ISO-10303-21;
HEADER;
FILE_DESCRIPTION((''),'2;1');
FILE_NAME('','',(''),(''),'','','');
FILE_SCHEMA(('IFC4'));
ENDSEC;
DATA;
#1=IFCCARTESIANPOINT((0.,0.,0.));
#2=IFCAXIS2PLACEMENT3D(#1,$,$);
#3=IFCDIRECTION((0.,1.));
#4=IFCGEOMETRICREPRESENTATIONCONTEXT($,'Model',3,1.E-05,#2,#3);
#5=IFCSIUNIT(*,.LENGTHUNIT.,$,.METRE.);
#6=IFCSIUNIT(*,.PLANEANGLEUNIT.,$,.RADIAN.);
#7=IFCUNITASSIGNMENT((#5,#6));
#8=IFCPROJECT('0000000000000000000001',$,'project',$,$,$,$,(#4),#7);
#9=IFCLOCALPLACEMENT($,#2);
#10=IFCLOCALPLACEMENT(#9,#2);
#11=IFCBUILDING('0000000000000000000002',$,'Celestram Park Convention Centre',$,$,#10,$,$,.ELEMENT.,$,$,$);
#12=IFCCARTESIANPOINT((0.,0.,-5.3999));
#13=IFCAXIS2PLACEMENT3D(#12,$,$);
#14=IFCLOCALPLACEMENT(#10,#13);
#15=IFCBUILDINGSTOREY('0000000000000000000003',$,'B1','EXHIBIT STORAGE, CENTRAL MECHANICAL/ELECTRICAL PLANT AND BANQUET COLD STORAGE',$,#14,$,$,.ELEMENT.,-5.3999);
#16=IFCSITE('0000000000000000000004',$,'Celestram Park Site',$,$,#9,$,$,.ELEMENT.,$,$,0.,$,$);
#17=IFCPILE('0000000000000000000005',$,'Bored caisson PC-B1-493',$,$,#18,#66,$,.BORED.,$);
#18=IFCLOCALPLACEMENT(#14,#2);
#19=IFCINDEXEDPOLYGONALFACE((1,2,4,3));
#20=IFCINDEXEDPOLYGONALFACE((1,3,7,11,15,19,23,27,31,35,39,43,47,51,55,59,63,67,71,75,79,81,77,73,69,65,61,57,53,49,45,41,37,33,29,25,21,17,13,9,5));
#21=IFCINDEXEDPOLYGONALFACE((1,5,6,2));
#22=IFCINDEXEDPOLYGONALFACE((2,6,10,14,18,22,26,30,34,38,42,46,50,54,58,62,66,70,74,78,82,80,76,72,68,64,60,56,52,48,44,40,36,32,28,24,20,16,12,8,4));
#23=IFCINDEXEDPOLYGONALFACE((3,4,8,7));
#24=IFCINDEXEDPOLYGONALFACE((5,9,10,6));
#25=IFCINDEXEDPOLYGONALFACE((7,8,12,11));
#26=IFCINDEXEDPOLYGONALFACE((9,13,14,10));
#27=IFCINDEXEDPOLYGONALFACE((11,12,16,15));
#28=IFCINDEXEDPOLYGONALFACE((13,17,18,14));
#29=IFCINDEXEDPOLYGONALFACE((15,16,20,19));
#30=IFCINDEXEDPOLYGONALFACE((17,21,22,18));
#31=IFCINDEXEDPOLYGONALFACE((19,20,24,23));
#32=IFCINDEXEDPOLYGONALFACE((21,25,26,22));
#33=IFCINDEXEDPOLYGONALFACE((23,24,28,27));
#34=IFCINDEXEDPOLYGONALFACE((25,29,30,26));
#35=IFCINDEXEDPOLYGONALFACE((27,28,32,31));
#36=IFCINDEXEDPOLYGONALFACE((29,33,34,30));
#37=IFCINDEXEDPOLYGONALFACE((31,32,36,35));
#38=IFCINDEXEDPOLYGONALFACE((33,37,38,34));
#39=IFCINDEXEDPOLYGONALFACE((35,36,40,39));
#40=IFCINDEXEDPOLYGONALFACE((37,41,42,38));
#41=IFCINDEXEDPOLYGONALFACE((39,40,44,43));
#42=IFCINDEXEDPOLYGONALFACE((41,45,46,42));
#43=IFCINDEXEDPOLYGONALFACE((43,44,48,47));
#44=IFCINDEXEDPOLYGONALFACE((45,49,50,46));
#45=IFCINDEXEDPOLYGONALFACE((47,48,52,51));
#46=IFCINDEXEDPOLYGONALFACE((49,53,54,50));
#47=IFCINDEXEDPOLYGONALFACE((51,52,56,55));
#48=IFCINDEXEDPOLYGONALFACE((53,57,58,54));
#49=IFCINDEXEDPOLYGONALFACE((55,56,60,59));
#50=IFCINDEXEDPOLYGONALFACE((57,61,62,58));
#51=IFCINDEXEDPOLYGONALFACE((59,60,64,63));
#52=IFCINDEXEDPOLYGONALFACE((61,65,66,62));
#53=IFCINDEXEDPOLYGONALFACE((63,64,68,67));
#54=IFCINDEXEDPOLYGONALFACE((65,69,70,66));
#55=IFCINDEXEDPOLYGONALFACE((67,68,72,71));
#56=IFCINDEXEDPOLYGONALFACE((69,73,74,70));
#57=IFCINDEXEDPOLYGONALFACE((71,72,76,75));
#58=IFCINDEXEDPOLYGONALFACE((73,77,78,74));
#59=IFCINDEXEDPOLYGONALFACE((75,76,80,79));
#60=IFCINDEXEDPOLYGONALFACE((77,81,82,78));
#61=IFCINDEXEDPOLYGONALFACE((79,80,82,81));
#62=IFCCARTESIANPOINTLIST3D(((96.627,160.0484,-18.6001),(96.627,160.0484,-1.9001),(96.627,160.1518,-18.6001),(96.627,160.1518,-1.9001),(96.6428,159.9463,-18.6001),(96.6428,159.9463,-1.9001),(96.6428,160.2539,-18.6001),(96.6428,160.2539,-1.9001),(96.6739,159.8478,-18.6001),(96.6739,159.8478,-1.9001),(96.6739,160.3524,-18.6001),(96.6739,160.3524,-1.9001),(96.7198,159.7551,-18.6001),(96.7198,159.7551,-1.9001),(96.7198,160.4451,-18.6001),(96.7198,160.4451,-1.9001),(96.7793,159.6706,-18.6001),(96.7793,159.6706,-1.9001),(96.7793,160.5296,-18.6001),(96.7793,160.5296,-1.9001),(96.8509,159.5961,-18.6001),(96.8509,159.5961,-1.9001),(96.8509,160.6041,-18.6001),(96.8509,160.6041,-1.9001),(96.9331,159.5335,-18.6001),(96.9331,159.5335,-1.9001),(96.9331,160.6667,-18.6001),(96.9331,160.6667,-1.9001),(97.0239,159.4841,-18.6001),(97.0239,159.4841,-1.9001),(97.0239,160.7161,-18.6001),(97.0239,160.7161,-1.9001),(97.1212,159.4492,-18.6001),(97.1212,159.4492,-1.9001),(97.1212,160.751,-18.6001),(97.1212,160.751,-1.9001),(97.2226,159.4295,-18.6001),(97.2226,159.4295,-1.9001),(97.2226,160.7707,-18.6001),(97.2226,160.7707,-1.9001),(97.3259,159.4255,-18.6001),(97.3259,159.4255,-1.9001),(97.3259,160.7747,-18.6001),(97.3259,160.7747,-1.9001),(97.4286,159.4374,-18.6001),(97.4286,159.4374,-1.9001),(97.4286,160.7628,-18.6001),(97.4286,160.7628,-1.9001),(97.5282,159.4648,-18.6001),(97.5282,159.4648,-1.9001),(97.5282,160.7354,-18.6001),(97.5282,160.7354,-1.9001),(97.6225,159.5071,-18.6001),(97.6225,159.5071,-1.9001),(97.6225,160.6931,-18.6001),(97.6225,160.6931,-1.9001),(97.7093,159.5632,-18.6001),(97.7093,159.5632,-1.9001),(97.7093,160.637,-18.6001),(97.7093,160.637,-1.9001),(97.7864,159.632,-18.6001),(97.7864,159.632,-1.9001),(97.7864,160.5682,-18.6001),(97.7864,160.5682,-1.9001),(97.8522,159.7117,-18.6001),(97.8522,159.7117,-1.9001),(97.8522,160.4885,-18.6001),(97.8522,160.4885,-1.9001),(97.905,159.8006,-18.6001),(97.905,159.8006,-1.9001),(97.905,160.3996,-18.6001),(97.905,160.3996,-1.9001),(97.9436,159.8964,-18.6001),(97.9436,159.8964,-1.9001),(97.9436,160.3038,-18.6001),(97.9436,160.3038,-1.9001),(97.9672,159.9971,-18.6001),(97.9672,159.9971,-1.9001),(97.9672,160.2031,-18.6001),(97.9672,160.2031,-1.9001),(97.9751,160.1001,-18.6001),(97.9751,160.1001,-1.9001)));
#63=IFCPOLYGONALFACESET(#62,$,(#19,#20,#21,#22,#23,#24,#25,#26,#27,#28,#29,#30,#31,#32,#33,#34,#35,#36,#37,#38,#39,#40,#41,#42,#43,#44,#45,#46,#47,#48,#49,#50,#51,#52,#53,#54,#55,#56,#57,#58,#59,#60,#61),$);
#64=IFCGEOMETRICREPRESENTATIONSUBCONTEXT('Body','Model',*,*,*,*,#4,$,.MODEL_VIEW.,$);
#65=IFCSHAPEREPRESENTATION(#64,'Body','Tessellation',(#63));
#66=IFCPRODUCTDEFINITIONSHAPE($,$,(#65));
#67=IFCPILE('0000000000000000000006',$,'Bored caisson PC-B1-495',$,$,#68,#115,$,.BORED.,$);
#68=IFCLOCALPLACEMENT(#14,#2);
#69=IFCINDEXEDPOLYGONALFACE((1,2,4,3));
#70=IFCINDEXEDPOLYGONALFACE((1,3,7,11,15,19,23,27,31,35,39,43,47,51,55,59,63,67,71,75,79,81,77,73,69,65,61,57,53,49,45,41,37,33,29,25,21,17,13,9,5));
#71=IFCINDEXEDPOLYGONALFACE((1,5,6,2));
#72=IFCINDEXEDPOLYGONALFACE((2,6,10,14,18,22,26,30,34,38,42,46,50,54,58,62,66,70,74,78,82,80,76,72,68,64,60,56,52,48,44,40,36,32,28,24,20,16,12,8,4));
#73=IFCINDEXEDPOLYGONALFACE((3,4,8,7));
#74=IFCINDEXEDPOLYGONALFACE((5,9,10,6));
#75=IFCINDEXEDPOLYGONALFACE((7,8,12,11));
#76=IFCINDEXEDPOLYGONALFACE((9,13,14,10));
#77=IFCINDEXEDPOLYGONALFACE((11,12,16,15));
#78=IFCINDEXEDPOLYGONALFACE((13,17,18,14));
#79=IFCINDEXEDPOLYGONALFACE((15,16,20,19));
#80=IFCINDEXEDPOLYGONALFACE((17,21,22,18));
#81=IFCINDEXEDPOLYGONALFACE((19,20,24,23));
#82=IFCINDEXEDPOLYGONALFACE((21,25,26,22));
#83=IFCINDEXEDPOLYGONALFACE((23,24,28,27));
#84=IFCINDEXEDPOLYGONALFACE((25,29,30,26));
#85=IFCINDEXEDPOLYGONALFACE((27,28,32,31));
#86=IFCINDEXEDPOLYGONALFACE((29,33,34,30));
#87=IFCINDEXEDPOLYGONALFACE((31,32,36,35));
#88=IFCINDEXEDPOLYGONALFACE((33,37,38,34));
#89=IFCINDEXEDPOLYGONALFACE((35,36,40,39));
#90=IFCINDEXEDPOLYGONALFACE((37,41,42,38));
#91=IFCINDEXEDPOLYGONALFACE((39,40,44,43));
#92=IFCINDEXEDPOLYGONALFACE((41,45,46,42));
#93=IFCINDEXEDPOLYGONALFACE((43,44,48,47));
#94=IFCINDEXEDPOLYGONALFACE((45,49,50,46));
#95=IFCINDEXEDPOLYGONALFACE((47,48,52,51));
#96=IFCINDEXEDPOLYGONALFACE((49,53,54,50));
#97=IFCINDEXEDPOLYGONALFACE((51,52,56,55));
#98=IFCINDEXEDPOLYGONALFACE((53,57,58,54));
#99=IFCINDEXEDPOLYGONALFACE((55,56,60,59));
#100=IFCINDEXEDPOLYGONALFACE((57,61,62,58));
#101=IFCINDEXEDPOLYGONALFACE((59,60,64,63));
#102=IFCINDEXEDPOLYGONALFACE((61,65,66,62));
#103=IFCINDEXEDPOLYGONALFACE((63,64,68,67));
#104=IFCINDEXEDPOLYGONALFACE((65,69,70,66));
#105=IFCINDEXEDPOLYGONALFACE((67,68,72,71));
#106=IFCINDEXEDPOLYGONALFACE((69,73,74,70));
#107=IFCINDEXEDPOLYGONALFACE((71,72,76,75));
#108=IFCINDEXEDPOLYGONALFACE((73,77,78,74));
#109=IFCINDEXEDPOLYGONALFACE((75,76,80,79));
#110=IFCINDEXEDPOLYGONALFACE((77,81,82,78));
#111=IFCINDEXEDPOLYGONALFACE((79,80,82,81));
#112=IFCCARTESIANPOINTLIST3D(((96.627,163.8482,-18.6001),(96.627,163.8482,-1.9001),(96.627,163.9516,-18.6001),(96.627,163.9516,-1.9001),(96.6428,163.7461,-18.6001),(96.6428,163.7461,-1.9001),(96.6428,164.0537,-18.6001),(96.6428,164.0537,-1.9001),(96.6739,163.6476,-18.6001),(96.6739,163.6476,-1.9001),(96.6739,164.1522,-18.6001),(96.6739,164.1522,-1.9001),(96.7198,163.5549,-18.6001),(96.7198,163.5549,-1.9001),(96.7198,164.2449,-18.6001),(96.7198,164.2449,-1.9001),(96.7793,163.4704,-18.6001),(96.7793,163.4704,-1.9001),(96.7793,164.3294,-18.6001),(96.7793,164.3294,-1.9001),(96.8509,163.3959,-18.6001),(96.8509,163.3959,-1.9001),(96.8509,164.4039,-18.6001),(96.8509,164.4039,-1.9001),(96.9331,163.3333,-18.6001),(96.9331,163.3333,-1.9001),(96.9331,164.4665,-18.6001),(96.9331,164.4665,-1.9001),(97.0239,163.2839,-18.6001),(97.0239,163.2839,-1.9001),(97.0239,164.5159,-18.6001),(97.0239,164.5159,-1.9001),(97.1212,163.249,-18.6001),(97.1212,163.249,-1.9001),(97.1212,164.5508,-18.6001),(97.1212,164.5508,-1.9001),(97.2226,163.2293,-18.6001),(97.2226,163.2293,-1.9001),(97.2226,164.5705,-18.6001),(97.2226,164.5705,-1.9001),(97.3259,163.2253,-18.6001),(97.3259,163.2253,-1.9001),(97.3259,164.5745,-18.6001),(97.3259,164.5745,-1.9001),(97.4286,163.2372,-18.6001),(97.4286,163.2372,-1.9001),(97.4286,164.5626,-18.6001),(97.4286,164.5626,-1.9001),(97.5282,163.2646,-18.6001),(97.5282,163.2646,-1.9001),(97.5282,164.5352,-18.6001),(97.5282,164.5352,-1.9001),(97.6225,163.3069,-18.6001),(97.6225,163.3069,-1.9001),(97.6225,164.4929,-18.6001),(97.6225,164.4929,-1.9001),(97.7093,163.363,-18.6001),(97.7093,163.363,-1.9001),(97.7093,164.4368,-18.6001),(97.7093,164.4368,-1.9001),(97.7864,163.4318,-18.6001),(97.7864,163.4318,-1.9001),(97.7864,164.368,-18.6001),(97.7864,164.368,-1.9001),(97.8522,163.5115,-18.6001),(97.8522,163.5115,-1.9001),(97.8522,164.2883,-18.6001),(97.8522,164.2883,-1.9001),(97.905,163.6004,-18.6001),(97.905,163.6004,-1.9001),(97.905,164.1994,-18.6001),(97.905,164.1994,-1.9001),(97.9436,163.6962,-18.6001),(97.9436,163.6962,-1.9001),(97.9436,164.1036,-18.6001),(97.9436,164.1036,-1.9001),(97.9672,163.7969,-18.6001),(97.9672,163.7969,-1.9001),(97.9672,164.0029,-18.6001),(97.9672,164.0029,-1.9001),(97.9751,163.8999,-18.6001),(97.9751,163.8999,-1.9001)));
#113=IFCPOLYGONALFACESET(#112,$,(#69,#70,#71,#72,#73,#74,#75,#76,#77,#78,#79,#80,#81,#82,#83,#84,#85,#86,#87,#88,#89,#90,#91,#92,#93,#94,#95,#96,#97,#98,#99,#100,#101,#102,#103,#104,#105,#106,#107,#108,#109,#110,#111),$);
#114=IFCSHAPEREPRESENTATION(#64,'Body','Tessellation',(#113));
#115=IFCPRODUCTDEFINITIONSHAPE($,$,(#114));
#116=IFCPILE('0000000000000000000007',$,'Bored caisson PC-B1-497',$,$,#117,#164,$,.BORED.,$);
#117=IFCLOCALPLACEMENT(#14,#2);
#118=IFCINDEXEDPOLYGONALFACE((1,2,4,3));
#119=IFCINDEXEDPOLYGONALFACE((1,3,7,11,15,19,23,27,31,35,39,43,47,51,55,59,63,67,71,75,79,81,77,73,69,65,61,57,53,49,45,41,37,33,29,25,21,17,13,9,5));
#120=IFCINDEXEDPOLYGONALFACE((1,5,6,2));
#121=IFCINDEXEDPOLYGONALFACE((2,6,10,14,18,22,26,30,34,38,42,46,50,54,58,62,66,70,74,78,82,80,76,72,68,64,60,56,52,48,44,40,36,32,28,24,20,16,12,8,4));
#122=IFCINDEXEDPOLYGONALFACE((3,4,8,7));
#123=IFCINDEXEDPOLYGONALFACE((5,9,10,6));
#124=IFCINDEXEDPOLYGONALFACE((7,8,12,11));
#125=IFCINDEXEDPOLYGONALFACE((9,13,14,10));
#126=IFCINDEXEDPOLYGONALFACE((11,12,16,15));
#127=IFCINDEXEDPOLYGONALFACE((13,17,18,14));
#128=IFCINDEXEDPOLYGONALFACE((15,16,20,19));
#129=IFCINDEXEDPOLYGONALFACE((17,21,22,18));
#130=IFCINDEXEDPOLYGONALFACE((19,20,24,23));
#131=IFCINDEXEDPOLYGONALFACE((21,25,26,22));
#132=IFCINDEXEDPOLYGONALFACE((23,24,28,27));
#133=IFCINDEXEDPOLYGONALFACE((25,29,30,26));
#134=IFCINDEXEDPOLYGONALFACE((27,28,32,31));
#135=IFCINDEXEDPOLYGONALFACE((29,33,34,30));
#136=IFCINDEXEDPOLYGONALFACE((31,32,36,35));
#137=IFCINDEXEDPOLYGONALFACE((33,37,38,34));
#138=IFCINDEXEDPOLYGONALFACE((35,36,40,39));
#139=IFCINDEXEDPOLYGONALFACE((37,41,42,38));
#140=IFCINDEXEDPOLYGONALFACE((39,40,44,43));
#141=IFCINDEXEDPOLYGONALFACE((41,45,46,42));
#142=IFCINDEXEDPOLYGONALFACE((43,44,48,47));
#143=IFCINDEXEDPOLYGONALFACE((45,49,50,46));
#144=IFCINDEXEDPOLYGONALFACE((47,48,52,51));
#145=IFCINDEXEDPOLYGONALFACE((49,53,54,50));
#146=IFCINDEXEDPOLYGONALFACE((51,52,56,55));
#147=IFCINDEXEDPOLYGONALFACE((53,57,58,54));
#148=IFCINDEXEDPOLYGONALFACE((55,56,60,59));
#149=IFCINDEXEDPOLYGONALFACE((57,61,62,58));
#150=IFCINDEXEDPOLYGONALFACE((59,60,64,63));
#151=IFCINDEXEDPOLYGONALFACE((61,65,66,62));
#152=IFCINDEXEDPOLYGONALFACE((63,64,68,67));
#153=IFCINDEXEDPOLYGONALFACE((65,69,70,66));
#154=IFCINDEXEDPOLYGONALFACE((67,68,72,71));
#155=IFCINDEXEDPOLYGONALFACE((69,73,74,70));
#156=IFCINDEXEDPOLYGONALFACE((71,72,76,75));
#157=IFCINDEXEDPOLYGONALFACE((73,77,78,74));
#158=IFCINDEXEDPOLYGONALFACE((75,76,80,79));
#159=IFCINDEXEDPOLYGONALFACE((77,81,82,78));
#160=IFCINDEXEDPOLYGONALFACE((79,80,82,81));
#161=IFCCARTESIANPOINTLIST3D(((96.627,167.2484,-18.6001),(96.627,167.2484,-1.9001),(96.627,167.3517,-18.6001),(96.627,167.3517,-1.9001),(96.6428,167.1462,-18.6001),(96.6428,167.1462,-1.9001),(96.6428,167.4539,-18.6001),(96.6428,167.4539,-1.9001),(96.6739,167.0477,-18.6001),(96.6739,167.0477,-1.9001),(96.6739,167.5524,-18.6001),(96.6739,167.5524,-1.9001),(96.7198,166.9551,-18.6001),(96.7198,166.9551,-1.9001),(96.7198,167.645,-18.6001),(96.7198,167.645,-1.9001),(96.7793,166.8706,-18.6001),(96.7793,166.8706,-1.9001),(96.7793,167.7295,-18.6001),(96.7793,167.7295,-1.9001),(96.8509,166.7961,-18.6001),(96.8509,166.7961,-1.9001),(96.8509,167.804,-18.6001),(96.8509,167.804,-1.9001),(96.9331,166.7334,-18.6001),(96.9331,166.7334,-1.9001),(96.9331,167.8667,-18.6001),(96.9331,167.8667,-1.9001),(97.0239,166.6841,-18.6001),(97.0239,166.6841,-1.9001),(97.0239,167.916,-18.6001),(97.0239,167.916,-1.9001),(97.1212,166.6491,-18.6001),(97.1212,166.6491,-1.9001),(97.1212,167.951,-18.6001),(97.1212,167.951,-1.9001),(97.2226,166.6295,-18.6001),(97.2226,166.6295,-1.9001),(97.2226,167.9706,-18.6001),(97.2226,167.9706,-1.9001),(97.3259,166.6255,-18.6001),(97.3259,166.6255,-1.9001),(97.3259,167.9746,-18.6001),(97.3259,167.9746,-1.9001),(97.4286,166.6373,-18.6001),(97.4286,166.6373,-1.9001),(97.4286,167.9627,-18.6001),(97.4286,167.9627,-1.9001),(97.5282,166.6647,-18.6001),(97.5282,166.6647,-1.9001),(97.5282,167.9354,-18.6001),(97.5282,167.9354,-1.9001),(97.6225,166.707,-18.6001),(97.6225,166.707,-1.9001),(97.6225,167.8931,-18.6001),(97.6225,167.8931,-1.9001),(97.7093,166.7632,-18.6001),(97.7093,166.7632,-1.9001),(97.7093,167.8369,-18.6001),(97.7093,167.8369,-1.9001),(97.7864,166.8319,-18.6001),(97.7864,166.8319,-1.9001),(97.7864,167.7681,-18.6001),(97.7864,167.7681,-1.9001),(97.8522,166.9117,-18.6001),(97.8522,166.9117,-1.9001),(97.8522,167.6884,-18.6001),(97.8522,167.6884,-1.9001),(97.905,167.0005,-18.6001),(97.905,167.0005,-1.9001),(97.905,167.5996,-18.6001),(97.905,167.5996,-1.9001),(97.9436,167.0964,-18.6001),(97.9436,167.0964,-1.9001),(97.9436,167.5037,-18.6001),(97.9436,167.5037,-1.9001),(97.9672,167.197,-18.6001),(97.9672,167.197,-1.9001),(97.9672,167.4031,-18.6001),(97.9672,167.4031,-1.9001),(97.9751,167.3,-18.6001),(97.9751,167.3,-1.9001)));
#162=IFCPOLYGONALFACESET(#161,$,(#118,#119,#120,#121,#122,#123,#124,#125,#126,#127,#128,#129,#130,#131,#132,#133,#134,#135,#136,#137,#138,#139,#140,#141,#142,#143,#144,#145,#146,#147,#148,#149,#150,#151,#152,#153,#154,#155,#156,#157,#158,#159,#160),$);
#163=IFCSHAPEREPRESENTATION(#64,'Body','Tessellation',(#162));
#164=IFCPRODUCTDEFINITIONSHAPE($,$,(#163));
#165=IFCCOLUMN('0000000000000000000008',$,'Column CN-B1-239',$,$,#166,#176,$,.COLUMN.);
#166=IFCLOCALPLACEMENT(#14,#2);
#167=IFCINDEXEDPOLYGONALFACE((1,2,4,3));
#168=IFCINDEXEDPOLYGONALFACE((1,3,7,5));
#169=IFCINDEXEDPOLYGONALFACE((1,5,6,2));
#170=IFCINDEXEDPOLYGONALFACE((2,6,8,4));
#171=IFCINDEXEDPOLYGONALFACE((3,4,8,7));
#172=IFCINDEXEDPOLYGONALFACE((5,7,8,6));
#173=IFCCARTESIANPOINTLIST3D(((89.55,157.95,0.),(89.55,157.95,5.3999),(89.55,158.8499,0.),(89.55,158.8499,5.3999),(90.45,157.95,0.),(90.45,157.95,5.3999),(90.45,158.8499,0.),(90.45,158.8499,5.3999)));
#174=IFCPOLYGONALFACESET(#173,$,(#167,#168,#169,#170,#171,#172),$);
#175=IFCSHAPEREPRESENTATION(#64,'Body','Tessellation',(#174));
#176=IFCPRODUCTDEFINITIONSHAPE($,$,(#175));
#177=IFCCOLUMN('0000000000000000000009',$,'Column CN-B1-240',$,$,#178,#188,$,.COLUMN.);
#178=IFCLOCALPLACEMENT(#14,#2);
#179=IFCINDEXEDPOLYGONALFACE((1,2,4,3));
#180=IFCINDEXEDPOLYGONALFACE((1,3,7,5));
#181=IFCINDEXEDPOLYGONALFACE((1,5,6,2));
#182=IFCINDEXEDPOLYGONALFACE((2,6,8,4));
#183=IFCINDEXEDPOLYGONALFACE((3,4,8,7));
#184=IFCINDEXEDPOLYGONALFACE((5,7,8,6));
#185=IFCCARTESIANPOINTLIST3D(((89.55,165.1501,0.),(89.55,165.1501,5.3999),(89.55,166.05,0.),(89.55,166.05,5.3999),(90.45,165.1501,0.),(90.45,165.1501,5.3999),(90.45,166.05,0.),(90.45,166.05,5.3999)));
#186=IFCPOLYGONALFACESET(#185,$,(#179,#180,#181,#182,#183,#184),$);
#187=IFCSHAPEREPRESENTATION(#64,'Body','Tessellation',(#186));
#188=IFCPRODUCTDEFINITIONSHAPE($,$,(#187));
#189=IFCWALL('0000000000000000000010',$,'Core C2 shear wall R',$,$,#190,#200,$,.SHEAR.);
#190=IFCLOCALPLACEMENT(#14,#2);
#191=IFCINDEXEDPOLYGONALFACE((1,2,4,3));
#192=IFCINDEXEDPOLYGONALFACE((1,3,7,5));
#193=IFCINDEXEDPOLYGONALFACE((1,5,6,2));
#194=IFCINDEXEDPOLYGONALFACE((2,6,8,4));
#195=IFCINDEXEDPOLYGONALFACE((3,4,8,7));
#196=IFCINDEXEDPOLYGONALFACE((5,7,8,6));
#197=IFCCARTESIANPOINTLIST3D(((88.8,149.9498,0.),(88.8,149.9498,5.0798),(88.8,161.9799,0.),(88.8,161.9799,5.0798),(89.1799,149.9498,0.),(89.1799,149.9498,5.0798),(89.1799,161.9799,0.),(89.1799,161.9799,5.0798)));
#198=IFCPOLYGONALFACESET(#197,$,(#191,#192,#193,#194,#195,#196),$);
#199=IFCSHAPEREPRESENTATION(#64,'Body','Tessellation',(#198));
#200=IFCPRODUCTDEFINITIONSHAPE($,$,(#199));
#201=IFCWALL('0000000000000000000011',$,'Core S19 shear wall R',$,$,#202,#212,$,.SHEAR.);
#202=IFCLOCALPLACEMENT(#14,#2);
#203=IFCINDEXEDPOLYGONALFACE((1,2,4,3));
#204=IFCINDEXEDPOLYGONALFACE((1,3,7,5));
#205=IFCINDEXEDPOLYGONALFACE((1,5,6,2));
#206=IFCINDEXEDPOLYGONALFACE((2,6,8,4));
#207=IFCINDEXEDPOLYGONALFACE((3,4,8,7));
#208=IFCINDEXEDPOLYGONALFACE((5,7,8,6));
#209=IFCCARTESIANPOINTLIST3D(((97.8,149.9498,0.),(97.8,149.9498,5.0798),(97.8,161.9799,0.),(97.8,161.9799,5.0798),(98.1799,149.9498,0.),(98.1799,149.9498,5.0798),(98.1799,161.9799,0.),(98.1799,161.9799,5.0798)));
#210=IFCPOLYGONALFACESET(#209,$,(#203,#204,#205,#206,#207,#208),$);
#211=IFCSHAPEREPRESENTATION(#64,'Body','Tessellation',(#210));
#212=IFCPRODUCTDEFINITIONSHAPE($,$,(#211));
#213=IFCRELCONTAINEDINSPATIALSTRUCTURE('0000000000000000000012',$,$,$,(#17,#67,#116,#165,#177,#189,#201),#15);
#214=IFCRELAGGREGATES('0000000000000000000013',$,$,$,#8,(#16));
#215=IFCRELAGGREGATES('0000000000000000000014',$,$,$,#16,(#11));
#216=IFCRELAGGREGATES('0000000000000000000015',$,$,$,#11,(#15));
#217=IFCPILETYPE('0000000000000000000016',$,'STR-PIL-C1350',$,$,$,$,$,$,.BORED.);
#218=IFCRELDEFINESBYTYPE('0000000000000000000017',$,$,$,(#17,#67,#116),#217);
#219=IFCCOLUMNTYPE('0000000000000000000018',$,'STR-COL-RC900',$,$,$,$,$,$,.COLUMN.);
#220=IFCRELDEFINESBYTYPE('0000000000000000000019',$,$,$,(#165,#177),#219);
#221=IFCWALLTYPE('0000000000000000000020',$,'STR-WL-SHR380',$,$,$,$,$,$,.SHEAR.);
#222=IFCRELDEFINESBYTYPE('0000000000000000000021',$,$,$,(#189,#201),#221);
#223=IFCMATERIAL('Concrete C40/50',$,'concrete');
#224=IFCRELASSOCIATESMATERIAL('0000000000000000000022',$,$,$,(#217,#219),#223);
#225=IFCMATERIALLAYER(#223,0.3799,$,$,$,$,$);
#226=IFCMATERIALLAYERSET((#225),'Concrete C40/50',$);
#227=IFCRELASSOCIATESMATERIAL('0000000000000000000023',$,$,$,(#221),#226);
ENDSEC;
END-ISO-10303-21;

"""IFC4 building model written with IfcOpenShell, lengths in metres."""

from ifc_helpers import new_model, si_unit, direction, frame, frame_2d, origin, origin_2d, place, context, subcontext, project, spatial, rectangle, circle, extrude, material, layer, layer_set, material_profile, profile_set, type_object, element, save


model = new_model("IFC4")

# Units and contexts
model_context = context("Model", 3, precision=1e-05, world=origin(), true_north=direction((0.0, 1.0)))
body_context = subcontext(model_context, "Body", "Model", "MODEL_VIEW")
ifc_project = project(units=[si_unit("LENGTHUNIT", "METRE"), si_unit("PLANEANGLEUNIT", "RADIAN")], contexts=[model_context])

# Site, building, storey
site_placement = place(None, origin())
site = spatial("IfcSite", under=ifc_project, at=site_placement, Name="Celestram Park Site", CompositionType="ELEMENT", RefElevation=0.0)
building_placement = place(site_placement, origin())
building = spatial("IfcBuilding", under=site, at=building_placement, Name="Celestram Park Convention Centre", CompositionType="ELEMENT")
storey_placement = place(building_placement, frame((0.0, 0.0, -5.3999)))
storey = spatial("IfcBuildingStorey", under=building, at=storey_placement, Name="B1", Description="EXHIBIT STORAGE, CENTRAL MECHANICAL/ELECTRICAL PLANT AND BANQUET COLD STORAGE", CompositionType="ELEMENT", Elevation=-5.3999)

# Shared definitions
ifc_material_1 = material(Name="Concrete C40/50", Category="concrete")

# Piles
ifc_material_profile_1 = material_profile(ifc_material_1, circle(Radius=0.675, at=origin_2d()), Name="CAISSON1350")
ifc_profile_set_1 = profile_set([ifc_material_profile_1], Name="Concrete C40/50")
pile_type = type_object("IfcPileType", Name="STR-PIL-C1350", PredefinedType="BORED", material=ifc_profile_set_1)
for number, where, z_axis, x_axis, name in (
    (1, (97.3, 160.1001, -1.9001), (0.0, 0.0, -1.0), (1.0, 0.0, 0.0), "Bored caisson PC-B1-493"),
    (2, (97.3, 163.8999, -1.9001), (0.0, 0.0, -1.0), (1.0, 0.0, 0.0), "Bored caisson PC-B1-495"),
    (3, (97.3, 167.3, -1.9001), (0.0, 0.0, -1.0), (1.0, 0.0, 0.0), "Bored caisson PC-B1-497"),
):
    element("IfcPile", number, at=place(storey_placement, frame(where, z_axis=z_axis, x_axis=x_axis)), inside=storey, type_object=pile_type, Name=name, PredefinedType="BORED", context=body_context, shape_type="SweptSolid", body=[
        extrude(circle(Radius=0.675, at=origin_2d()), origin(), (0.0, 0.0, 1.0), 16.7),
    ])

# Columns
ifc_material_profile_2 = material_profile(ifc_material_1, rectangle(XDim=0.8999, YDim=0.8999, at=origin_2d()), Name="RC900X900")
ifc_profile_set_2 = profile_set([ifc_material_profile_2], Name="Concrete C40/50")
column_type = type_object("IfcColumnType", Name="STR-COL-RC900", PredefinedType="COLUMN", material=ifc_profile_set_2)
for number, where, z_axis, x_axis, name in (
    (4, (90.0, 158.3999, 0.0), (0.0, 0.0, 1.0), (1.0, 0.0, 0.0), "Column CN-B1-239"),
    (5, (90.0, 165.6001, 0.0), (0.0, 0.0, 1.0), (1.0, 0.0, 0.0), "Column CN-B1-240"),
):
    element("IfcColumn", number, at=place(storey_placement, frame(where, z_axis=z_axis, x_axis=x_axis)), inside=storey, type_object=column_type, Name=name, PredefinedType="COLUMN", context=body_context, shape_type="SweptSolid", body=[
        extrude(rectangle(XDim=0.8999, YDim=0.8999, at=origin_2d()), origin(), (0.0, 0.0, 1.0), 5.3999),
    ])

# Walls
ifc_layer_1 = layer(ifc_material_1, 0.3799)
ifc_layer_set_1 = layer_set([ifc_layer_1], Name="Concrete C40/50")
wall_type = type_object("IfcWallType", Name="STR-WL-SHR380", PredefinedType="SHEAR", material=ifc_layer_set_1)
for number, where, z_axis, x_axis, name in (
    (6, (88.99, 161.98, 0.0), (0.0, 0.0, 1.0), (0.0, -1.0, 0.0), "Core C2 shear wall R"),
    (7, (97.99, 161.98, 0.0), (0.0, 0.0, 1.0), (0.0, -1.0, 0.0), "Core S19 shear wall R"),
):
    element("IfcWall", number, at=place(storey_placement, frame(where, z_axis=z_axis, x_axis=x_axis)), inside=storey, type_object=wall_type, Name=name, PredefinedType="SHEAR", context=body_context, shape_type="SweptSolid", body=[
        extrude(rectangle(XDim=12.03, YDim=0.3799, at=frame_2d((6.0151, 0.0))), origin(), (0.0, 0.0, 1.0), 5.0798),
    ])

save(model, "model.ifc")
